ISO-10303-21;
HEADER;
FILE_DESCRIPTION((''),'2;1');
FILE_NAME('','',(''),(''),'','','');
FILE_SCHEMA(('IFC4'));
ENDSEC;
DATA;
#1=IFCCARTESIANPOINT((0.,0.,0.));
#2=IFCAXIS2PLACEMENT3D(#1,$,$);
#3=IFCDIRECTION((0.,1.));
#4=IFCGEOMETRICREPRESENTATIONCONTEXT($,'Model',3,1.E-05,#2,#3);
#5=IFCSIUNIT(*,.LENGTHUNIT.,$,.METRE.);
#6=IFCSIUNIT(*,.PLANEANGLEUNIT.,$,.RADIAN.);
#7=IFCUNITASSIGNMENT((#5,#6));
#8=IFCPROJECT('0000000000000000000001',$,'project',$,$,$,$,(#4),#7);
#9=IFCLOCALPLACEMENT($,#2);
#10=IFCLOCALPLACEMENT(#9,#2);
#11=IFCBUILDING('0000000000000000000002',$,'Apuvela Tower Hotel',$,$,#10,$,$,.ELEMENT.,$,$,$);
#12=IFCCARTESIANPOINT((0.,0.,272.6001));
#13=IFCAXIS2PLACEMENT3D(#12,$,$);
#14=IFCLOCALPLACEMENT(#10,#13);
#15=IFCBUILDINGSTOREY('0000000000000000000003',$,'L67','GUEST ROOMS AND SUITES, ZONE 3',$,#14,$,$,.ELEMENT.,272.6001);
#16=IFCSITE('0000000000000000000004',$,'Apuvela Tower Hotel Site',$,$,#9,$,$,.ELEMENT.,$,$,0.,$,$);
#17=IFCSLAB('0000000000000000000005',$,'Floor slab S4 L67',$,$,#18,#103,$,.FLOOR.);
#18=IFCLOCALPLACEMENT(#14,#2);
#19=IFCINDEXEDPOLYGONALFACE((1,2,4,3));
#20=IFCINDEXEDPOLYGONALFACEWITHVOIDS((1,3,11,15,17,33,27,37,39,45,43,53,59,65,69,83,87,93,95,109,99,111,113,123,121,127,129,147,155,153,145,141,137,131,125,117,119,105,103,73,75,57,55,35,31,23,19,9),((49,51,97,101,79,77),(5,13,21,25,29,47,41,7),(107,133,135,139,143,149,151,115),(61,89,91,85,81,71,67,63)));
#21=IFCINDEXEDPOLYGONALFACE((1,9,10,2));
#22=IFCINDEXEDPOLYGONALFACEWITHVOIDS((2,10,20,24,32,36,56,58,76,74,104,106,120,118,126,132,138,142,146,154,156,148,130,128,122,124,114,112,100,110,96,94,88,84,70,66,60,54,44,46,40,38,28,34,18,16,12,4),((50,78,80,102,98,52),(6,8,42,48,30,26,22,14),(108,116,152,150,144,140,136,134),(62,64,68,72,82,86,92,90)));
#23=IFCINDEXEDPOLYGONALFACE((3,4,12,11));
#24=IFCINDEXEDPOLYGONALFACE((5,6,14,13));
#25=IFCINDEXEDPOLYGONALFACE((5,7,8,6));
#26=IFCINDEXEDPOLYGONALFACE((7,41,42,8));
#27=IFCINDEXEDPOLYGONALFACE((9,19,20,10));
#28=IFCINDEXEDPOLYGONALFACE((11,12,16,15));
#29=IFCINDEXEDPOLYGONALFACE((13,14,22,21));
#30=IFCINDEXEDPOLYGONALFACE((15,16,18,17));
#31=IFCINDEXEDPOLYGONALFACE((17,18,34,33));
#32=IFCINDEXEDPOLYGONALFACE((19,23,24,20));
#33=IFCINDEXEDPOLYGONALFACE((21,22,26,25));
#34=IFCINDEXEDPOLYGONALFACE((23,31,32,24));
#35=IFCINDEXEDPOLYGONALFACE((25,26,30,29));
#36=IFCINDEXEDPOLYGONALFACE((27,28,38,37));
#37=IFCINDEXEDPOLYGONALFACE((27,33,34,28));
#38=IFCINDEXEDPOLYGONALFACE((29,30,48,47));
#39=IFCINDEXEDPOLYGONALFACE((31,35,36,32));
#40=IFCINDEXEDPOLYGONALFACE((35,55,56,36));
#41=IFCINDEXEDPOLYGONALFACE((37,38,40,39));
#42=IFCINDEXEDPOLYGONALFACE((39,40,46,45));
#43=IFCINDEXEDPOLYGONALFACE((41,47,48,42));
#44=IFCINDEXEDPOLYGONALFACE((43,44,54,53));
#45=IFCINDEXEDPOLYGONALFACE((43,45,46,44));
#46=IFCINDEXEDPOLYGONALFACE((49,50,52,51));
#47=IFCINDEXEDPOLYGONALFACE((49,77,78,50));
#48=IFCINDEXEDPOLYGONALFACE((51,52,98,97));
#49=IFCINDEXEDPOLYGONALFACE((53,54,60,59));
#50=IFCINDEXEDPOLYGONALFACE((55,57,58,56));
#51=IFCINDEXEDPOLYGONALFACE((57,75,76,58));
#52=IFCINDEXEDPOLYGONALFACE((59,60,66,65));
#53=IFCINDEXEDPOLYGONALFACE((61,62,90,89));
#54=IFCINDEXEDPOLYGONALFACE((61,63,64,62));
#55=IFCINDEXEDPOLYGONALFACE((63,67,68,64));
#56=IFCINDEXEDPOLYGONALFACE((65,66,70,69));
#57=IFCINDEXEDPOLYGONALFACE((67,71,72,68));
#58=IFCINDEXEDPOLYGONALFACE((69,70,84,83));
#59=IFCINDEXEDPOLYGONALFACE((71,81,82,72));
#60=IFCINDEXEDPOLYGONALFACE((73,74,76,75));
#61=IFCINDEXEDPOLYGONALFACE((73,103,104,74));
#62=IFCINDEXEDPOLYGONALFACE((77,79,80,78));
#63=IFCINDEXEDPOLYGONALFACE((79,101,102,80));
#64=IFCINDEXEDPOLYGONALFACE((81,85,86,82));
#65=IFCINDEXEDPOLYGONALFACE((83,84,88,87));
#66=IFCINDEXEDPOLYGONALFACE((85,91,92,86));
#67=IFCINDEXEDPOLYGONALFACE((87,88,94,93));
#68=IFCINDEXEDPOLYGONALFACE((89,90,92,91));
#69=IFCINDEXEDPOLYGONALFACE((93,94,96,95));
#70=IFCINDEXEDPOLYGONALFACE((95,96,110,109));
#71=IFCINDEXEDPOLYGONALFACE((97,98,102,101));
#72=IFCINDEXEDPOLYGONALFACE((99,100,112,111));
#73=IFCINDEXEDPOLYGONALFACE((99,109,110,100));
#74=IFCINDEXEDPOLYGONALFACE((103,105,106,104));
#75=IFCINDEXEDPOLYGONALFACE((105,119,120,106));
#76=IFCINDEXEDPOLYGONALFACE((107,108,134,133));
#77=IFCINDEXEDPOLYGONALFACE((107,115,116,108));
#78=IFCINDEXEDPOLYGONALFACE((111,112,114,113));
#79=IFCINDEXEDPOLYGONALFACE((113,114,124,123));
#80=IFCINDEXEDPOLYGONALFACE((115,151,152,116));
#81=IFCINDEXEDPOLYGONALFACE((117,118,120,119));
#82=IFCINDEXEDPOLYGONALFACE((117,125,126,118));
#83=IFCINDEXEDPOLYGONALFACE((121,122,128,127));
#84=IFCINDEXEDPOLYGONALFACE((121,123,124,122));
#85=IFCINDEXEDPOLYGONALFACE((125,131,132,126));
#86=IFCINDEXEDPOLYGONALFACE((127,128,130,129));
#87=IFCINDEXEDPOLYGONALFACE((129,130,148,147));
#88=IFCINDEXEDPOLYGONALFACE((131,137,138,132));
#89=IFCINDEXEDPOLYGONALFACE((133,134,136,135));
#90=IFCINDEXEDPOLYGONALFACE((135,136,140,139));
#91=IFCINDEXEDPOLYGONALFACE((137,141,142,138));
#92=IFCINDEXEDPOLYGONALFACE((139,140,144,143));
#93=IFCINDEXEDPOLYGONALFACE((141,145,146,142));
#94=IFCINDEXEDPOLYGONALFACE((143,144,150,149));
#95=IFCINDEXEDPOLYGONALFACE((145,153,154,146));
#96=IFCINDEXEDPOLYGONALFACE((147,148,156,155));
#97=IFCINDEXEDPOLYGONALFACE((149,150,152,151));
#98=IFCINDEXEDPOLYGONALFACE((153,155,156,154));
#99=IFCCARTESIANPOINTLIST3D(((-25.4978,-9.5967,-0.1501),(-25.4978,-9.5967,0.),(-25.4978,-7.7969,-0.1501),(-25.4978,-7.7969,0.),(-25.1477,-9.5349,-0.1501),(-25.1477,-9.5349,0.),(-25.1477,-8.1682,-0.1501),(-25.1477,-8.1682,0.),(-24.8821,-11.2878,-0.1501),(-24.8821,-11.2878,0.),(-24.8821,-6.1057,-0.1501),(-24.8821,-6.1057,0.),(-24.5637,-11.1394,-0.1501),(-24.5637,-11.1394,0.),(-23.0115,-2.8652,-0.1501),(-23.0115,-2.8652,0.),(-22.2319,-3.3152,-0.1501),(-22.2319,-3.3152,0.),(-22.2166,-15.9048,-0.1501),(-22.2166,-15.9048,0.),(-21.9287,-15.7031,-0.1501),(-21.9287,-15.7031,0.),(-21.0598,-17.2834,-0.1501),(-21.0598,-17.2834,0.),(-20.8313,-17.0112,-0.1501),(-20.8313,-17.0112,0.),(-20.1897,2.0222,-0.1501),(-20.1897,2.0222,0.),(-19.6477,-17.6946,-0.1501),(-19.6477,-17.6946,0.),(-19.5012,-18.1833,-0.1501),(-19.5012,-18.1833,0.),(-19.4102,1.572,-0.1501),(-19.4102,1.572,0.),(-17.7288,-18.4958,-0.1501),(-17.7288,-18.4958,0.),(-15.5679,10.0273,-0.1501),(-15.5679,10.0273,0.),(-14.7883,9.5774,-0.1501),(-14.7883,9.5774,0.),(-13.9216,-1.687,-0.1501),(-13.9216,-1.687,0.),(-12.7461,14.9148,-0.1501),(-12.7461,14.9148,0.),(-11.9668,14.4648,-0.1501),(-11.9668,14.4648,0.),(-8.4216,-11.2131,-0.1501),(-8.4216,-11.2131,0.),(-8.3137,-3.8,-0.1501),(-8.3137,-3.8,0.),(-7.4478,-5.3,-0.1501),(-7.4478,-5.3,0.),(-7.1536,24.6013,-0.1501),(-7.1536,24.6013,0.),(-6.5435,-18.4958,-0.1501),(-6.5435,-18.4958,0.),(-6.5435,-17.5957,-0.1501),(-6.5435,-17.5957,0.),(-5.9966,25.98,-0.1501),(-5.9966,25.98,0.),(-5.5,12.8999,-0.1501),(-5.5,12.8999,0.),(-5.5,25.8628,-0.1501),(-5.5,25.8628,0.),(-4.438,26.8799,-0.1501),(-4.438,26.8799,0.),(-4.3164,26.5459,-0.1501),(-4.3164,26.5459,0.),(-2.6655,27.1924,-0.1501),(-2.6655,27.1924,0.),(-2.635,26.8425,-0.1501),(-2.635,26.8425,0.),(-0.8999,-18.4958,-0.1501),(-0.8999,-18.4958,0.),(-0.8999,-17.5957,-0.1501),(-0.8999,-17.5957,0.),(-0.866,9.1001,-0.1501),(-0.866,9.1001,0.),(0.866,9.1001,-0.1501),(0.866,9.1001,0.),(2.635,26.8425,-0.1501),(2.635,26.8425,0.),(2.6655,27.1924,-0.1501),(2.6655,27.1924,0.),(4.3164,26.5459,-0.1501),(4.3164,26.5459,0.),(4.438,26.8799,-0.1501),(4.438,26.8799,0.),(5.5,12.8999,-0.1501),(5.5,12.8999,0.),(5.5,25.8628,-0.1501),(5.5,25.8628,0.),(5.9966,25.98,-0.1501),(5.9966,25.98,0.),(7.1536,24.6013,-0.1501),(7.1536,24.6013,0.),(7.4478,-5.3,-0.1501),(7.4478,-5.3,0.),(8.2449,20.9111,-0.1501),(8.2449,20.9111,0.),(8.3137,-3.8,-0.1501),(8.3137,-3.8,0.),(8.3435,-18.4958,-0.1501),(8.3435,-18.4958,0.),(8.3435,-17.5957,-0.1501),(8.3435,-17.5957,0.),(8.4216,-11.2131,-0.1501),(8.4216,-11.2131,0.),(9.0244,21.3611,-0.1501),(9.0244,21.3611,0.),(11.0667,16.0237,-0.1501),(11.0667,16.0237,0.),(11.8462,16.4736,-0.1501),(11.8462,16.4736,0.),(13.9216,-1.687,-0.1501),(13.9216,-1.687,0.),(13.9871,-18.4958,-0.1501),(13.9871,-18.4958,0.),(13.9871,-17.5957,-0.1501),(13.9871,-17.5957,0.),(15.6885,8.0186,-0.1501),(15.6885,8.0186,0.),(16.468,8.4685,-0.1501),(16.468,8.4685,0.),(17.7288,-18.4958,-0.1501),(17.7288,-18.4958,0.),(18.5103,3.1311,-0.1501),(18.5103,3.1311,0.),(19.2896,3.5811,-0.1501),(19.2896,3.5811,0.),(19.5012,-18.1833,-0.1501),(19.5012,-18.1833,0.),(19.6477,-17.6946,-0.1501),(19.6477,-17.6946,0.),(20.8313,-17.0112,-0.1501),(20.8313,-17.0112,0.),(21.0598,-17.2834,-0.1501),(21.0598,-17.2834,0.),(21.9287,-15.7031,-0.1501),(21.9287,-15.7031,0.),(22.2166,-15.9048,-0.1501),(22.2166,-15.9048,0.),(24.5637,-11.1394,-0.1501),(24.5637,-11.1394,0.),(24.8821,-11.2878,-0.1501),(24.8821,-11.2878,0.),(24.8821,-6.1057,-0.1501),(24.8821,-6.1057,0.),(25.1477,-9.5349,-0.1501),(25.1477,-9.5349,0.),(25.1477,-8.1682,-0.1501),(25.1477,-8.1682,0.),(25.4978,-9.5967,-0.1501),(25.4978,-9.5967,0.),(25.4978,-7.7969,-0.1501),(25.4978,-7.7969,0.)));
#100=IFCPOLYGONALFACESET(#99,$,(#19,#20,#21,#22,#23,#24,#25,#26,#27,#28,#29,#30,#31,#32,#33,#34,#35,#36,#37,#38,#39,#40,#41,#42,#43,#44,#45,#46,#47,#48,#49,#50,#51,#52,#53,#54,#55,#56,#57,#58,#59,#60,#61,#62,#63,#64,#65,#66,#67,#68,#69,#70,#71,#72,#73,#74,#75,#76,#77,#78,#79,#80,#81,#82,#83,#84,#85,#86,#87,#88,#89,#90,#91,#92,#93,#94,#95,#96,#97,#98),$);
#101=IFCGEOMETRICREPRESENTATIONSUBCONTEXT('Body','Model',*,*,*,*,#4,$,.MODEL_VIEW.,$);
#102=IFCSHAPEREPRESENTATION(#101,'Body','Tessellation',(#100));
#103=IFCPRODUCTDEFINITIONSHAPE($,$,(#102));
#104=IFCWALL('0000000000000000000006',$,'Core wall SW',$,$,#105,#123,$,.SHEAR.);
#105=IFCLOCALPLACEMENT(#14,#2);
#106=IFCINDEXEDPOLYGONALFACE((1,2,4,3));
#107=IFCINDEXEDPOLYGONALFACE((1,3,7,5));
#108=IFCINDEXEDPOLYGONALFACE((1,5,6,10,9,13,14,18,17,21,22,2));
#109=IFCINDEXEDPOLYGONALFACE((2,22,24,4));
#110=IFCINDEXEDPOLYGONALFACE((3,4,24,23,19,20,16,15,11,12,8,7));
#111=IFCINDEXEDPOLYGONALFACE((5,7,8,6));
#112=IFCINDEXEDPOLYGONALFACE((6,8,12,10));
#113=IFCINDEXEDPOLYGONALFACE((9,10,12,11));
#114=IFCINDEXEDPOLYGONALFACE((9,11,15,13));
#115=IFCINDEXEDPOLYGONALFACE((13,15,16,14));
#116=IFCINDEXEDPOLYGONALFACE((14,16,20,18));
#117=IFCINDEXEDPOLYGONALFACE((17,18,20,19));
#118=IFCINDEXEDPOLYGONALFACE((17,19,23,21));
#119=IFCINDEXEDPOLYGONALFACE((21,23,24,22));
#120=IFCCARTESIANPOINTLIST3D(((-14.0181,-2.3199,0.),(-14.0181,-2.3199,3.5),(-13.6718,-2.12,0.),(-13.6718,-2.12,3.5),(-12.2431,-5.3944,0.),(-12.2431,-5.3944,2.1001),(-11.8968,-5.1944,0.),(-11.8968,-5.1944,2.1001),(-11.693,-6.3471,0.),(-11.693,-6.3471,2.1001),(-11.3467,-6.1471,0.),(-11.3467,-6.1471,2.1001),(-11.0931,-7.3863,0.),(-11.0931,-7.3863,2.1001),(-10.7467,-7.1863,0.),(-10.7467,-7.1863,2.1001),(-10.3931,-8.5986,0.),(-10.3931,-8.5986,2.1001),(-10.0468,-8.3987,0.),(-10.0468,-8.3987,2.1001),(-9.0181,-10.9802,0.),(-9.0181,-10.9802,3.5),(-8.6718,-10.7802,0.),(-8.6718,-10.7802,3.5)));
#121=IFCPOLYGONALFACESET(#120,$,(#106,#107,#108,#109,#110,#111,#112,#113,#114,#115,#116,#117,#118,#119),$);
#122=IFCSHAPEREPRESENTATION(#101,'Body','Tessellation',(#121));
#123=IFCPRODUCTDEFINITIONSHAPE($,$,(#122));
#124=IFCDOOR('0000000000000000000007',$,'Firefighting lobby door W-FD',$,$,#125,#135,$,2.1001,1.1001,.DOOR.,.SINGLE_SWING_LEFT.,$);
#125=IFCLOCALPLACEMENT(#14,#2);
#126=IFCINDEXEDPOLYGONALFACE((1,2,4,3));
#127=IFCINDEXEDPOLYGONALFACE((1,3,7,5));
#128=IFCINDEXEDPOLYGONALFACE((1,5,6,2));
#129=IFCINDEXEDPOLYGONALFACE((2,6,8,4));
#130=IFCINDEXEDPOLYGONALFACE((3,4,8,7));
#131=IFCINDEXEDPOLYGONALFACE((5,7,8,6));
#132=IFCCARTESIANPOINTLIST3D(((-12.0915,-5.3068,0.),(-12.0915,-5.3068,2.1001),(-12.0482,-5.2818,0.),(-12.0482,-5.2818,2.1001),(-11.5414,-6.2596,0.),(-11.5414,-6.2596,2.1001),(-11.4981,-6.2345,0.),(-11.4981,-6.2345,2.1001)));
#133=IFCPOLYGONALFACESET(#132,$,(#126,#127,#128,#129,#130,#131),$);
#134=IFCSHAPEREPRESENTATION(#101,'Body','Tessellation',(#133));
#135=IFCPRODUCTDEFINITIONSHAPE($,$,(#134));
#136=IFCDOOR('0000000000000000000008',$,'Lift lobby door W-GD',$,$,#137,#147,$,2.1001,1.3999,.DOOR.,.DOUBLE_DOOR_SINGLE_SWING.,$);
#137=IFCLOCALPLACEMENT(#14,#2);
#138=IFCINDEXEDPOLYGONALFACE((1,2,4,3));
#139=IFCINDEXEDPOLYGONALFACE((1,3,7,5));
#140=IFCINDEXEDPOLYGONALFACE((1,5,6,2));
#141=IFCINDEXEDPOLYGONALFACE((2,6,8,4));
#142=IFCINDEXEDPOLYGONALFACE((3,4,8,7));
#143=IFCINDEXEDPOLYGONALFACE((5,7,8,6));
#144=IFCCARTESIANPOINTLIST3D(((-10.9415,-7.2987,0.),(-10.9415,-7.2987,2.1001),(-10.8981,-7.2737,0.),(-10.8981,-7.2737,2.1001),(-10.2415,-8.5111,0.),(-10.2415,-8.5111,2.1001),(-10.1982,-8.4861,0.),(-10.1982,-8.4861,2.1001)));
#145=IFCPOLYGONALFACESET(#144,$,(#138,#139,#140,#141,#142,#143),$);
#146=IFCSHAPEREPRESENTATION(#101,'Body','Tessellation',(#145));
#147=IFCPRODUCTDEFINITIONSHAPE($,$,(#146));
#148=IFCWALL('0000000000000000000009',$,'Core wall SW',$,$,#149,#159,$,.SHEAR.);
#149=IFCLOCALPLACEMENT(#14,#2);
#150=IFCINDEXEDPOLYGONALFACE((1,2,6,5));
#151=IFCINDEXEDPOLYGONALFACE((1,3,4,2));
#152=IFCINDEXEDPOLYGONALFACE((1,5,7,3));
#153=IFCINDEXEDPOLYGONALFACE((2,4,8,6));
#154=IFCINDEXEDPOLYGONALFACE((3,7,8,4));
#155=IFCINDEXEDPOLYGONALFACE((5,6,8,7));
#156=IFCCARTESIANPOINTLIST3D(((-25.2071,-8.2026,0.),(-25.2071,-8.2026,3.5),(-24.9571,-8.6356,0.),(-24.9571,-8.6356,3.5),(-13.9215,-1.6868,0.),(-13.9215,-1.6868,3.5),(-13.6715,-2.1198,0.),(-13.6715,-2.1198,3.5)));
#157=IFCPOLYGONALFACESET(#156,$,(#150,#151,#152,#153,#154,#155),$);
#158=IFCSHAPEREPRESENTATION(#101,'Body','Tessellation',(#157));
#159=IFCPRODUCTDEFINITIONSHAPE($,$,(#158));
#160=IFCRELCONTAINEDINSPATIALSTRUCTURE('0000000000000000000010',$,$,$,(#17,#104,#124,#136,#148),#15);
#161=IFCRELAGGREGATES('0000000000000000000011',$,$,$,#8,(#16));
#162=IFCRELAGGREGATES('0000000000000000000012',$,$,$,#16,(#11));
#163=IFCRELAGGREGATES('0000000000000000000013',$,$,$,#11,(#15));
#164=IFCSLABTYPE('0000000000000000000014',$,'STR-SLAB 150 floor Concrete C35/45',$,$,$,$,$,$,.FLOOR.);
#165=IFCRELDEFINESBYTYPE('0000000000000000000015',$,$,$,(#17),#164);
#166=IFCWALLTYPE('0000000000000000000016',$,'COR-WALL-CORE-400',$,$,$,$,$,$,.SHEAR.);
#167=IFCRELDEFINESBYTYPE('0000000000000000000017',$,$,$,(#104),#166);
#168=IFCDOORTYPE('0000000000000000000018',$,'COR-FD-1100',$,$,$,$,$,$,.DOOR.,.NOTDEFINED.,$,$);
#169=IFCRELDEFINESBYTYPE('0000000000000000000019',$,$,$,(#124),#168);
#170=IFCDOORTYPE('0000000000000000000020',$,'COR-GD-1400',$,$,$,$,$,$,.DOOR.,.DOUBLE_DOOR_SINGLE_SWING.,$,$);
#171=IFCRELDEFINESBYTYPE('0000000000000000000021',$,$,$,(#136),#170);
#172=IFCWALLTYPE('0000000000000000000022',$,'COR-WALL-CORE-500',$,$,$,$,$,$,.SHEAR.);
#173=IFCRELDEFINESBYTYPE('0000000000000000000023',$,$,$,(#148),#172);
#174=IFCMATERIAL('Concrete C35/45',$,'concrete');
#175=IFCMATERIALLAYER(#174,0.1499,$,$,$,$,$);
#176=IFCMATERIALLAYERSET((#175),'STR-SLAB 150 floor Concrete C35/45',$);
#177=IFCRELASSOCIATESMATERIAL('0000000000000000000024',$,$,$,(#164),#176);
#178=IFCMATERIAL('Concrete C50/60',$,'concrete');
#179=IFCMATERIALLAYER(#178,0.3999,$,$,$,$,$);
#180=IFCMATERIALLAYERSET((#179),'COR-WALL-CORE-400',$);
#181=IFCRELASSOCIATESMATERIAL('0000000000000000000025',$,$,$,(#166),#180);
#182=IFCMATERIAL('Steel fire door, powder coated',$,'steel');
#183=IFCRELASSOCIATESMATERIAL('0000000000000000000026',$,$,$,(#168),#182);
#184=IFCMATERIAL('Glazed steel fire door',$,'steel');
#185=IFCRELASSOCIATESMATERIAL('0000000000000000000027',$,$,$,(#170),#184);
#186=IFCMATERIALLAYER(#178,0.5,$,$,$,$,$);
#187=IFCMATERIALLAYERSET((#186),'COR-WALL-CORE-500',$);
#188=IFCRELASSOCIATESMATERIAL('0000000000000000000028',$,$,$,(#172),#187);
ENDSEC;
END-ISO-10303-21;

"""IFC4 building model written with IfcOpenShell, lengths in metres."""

from ifc_helpers import new_model, si_unit, direction, frame, frame_2d, origin, place, context, subcontext, project, spatial, polyline, rectangle, outline, extrude, material, layer, layer_set, type_object, element, fill, save


model = new_model("IFC4")

# Units and contexts
model_context = context("Model", 3, precision=1e-05, world=origin(), true_north=direction((0.0, 1.0)))
body_context = subcontext(model_context, "Body", "Model", "MODEL_VIEW")
ifc_project = project(units=[si_unit("LENGTHUNIT", "METRE"), si_unit("PLANEANGLEUNIT", "RADIAN")], contexts=[model_context])

# Site, building, storey
site_placement = place(None, origin())
site = spatial("IfcSite", under=ifc_project, at=site_placement, Name="Apuvela Tower Hotel Site", CompositionType="ELEMENT", RefElevation=0.0)
building_placement = place(site_placement, origin())
building = spatial("IfcBuilding", under=site, at=building_placement, Name="Apuvela Tower Hotel", CompositionType="ELEMENT")
storey_placement = place(building_placement, frame((0.0, 0.0, 272.6001)))
storey = spatial("IfcBuildingStorey", under=building, at=storey_placement, Name="L67", Description="GUEST ROOMS AND SUITES, ZONE 3", CompositionType="ELEMENT", Elevation=272.6001)

# Slab
ifc_material_1 = material(Name="Concrete C35/45", Category="concrete")
ifc_layer_1 = layer(ifc_material_1, 0.1499)
ifc_layer_set_1 = layer_set([ifc_layer_1], Name="STR-SLAB 150 floor Concrete C35/45")
slab_type_1 = type_object("IfcSlabType", Name="STR-SLAB 150 floor Concrete C35/45", PredefinedType="FLOOR", material=ifc_layer_set_1)
slab_1_placement = place(storey_placement, frame((0.0, 0.0, -0.1501)))
element("IfcSlab", 1, at=slab_1_placement, inside=storey, type_object=slab_type_1, Name="Floor slab S4 L67", PredefinedType="FLOOR", context=body_context, shape_type="SweptSolid", body=[
    extrude(outline(polyline([(-5.9966, 25.98), (-4.438, 26.8799), (-2.6655, 27.1924), (2.6655, 27.1924), (4.438, 26.8799), (5.9966, 25.98), (7.1536, 24.6013), (9.0244, 21.3611), (8.2449, 20.9111), (11.0667, 16.0237), (11.8462, 16.4736), (16.468, 8.4685), (15.6885, 8.0186), (18.5103, 3.1311), (19.2896, 3.5811), (24.8821, -6.1057), (25.4978, -7.7969), (25.4978, -9.5967), (24.8821, -11.2878), (22.2166, -15.9048), (21.0598, -17.2834), (19.5012, -18.1833), (17.7288, -18.4958), (13.9871, -18.4958), (13.9871, -17.5957), (8.3435, -17.5957), (8.3435, -18.4958), (-0.8999, -18.4958), (-0.8999, -17.5957), (-6.5435, -17.5957), (-6.5435, -18.4958), (-17.7288, -18.4958), (-19.5012, -18.1833), (-21.0598, -17.2834), (-22.2166, -15.9048), (-24.8821, -11.2878), (-25.4978, -9.5967), (-25.4978, -7.7969), (-24.8821, -6.1057), (-23.0115, -2.8652), (-22.2319, -3.3152), (-19.4102, 1.572), (-20.1897, 2.0222), (-15.5679, 10.0273), (-14.7883, 9.5774), (-11.9668, 14.4648), (-12.7461, 14.9148), (-7.1536, 24.6013), (-5.9966, 25.98)]), holes=[polyline([(0.866, 9.1001), (-0.866, 9.1001), (-8.3137, -3.8), (-7.4478, -5.3), (7.4478, -5.3), (8.3137, -3.8), (0.866, 9.1001)]), polyline([(-5.5, 12.8999), (-5.5, 25.8628), (-4.3164, 26.5459), (-2.635, 26.8425), (2.635, 26.8425), (4.3164, 26.5459), (5.5, 25.8628), (5.5, 12.8999), (-5.5, 12.8999)]), polyline([(-8.4216, -11.2131), (-19.6477, -17.6946), (-20.8313, -17.0112), (-21.9287, -15.7031), (-24.5637, -11.1394), (-25.1477, -9.5349), (-25.1477, -8.1682), (-13.9216, -1.687), (-8.4216, -11.2131)]), polyline([(13.9216, -1.687), (25.1477, -8.1682), (25.1477, -9.5349), (24.5637, -11.1394), (21.9287, -15.7031), (20.8313, -17.0112), (19.6477, -17.6946), (8.4216, -11.2131), (13.9216, -1.687)])]), origin(), (0.0, 0.0, 1.0), 0.1501),
])

# Wall, openings, doors
ifc_material_2 = material(Name="Concrete C50/60", Category="concrete")
ifc_layer_2 = layer(ifc_material_2, 0.3999)
ifc_layer_set_2 = layer_set([ifc_layer_2], Name="COR-WALL-CORE-400")
wall_type_1 = type_object("IfcWallType", Name="COR-WALL-CORE-400", PredefinedType="SHEAR", material=ifc_layer_set_2)
wall_1_placement = place(storey_placement, frame((-13.845, -2.22, 0.0), z_axis=(0.0, 0.0, 1.0), x_axis=(0.500004, -0.866023, 0.0)))
wall_1 = element("IfcWall", 2, at=wall_1_placement, inside=storey, type_object=wall_type_1, Name="Core wall SW", PredefinedType="SHEAR", context=body_context, shape_type="SweptSolid", body=[
    extrude(rectangle(XDim=10.0, YDim=0.3999, at=frame_2d((5.0, 0.0))), origin(), (0.0, 0.0, 1.0), 3.5),
])
opening_1_placement = place(wall_1_placement, frame((3.55, 0.0, 0.0)))
opening_1 = element("IfcOpeningElement", 3, at=opening_1_placement, cuts=wall_1, PredefinedType="OPENING", context=body_context, shape_type="SweptSolid", body=[
    extrude(rectangle(XDim=1.1001, YDim=2.1001, at=frame_2d((0.55, 1.05))), frame((0.0, 0.21, 0.0), z_axis=(0.0, -1.0, 0.0), x_axis=(1.0, 0.0, 0.0)), (0.0, 0.0, 1.0), 0.4199),
])
opening_2_placement = place(wall_1_placement, frame((5.8501, 0.0, 0.0)))
opening_2 = element("IfcOpeningElement", 4, at=opening_2_placement, cuts=wall_1, PredefinedType="OPENING", context=body_context, shape_type="SweptSolid", body=[
    extrude(rectangle(XDim=1.3999, YDim=2.1001, at=frame_2d((0.7, 1.05))), frame((0.0, 0.21, 0.0), z_axis=(0.0, -1.0, 0.0), x_axis=(1.0, 0.0, 0.0)), (0.0, 0.0, 1.0), 0.4199),
])
ifc_material_3 = material(Name="Steel fire door, powder coated", Category="steel")
door_type_1 = type_object("IfcDoorType", Name="COR-FD-1100", OperationType="NOTDEFINED", PredefinedType="DOOR", material=ifc_material_3)
door_1_placement = place(opening_1_placement, frame((1.1001, 0.0, 0.0), z_axis=(0.0, 0.0, 1.0), x_axis=(-1.0, 0.0, 0.0)))
door_1 = element("IfcDoor", 5, at=door_1_placement, inside=storey, type_object=door_type_1, Name="Firefighting lobby door W-FD", OperationType="SINGLE_SWING_LEFT", OverallHeight=2.1001, OverallWidth=1.1001, PredefinedType="DOOR", context=body_context, shape_type="SweptSolid", body=[
    extrude(rectangle(XDim=1.1001, YDim=2.1001, at=frame_2d((0.55, 1.05))), frame((0.0, 0.0249, 0.0), z_axis=(0.0, -1.0, 0.0), x_axis=(1.0, 0.0, 0.0)), (0.0, 0.0, 1.0), 0.05),
])
fill(opening_1, door_1)
ifc_material_4 = material(Name="Glazed steel fire door", Category="steel")
door_type_2 = type_object("IfcDoorType", Name="COR-GD-1400", OperationType="DOUBLE_DOOR_SINGLE_SWING", PredefinedType="DOOR", material=ifc_material_4)
door_2_placement = place(opening_2_placement, frame((1.3999, 0.0, 0.0), z_axis=(0.0, 0.0, 1.0), x_axis=(-1.0, 0.0, 0.0)))
door_2 = element("IfcDoor", 6, at=door_2_placement, inside=storey, type_object=door_type_2, Name="Lift lobby door W-GD", OperationType="DOUBLE_DOOR_SINGLE_SWING", OverallHeight=2.1001, OverallWidth=1.3999, PredefinedType="DOOR", context=body_context, shape_type="SweptSolid", body=[
    extrude(rectangle(XDim=1.3999, YDim=2.1001, at=frame_2d((0.7, 1.05))), frame((0.0, 0.0249, 0.0), z_axis=(0.0, -1.0, 0.0), x_axis=(1.0, 0.0, 0.0)), (0.0, 0.0, 1.0), 0.05),
])
fill(opening_2, door_2)

# Wall
ifc_layer_3 = layer(ifc_material_2, 0.5)
ifc_layer_set_3 = layer_set([ifc_layer_3], Name="COR-WALL-CORE-500")
wall_type_2 = type_object("IfcWallType", Name="COR-WALL-CORE-500", PredefinedType="SHEAR", material=ifc_layer_set_3)
wall_2_placement = place(storey_placement, frame((-13.7966, -1.9033, 0.0), z_axis=(0.0, 0.0, 1.0), x_axis=(-0.866022, -0.500006, 0.0)))
element("IfcWall", 7, at=wall_2_placement, inside=storey, type_object=wall_type_2, Name="Core wall SW", PredefinedType="SHEAR", context=body_context, shape_type="SweptSolid", body=[
    extrude(rectangle(XDim=13.0315, YDim=0.5, at=frame_2d((6.5156, 0.0))), origin(), (0.0, 0.0, 1.0), 3.5),
])

save(model, "model.ifc")
